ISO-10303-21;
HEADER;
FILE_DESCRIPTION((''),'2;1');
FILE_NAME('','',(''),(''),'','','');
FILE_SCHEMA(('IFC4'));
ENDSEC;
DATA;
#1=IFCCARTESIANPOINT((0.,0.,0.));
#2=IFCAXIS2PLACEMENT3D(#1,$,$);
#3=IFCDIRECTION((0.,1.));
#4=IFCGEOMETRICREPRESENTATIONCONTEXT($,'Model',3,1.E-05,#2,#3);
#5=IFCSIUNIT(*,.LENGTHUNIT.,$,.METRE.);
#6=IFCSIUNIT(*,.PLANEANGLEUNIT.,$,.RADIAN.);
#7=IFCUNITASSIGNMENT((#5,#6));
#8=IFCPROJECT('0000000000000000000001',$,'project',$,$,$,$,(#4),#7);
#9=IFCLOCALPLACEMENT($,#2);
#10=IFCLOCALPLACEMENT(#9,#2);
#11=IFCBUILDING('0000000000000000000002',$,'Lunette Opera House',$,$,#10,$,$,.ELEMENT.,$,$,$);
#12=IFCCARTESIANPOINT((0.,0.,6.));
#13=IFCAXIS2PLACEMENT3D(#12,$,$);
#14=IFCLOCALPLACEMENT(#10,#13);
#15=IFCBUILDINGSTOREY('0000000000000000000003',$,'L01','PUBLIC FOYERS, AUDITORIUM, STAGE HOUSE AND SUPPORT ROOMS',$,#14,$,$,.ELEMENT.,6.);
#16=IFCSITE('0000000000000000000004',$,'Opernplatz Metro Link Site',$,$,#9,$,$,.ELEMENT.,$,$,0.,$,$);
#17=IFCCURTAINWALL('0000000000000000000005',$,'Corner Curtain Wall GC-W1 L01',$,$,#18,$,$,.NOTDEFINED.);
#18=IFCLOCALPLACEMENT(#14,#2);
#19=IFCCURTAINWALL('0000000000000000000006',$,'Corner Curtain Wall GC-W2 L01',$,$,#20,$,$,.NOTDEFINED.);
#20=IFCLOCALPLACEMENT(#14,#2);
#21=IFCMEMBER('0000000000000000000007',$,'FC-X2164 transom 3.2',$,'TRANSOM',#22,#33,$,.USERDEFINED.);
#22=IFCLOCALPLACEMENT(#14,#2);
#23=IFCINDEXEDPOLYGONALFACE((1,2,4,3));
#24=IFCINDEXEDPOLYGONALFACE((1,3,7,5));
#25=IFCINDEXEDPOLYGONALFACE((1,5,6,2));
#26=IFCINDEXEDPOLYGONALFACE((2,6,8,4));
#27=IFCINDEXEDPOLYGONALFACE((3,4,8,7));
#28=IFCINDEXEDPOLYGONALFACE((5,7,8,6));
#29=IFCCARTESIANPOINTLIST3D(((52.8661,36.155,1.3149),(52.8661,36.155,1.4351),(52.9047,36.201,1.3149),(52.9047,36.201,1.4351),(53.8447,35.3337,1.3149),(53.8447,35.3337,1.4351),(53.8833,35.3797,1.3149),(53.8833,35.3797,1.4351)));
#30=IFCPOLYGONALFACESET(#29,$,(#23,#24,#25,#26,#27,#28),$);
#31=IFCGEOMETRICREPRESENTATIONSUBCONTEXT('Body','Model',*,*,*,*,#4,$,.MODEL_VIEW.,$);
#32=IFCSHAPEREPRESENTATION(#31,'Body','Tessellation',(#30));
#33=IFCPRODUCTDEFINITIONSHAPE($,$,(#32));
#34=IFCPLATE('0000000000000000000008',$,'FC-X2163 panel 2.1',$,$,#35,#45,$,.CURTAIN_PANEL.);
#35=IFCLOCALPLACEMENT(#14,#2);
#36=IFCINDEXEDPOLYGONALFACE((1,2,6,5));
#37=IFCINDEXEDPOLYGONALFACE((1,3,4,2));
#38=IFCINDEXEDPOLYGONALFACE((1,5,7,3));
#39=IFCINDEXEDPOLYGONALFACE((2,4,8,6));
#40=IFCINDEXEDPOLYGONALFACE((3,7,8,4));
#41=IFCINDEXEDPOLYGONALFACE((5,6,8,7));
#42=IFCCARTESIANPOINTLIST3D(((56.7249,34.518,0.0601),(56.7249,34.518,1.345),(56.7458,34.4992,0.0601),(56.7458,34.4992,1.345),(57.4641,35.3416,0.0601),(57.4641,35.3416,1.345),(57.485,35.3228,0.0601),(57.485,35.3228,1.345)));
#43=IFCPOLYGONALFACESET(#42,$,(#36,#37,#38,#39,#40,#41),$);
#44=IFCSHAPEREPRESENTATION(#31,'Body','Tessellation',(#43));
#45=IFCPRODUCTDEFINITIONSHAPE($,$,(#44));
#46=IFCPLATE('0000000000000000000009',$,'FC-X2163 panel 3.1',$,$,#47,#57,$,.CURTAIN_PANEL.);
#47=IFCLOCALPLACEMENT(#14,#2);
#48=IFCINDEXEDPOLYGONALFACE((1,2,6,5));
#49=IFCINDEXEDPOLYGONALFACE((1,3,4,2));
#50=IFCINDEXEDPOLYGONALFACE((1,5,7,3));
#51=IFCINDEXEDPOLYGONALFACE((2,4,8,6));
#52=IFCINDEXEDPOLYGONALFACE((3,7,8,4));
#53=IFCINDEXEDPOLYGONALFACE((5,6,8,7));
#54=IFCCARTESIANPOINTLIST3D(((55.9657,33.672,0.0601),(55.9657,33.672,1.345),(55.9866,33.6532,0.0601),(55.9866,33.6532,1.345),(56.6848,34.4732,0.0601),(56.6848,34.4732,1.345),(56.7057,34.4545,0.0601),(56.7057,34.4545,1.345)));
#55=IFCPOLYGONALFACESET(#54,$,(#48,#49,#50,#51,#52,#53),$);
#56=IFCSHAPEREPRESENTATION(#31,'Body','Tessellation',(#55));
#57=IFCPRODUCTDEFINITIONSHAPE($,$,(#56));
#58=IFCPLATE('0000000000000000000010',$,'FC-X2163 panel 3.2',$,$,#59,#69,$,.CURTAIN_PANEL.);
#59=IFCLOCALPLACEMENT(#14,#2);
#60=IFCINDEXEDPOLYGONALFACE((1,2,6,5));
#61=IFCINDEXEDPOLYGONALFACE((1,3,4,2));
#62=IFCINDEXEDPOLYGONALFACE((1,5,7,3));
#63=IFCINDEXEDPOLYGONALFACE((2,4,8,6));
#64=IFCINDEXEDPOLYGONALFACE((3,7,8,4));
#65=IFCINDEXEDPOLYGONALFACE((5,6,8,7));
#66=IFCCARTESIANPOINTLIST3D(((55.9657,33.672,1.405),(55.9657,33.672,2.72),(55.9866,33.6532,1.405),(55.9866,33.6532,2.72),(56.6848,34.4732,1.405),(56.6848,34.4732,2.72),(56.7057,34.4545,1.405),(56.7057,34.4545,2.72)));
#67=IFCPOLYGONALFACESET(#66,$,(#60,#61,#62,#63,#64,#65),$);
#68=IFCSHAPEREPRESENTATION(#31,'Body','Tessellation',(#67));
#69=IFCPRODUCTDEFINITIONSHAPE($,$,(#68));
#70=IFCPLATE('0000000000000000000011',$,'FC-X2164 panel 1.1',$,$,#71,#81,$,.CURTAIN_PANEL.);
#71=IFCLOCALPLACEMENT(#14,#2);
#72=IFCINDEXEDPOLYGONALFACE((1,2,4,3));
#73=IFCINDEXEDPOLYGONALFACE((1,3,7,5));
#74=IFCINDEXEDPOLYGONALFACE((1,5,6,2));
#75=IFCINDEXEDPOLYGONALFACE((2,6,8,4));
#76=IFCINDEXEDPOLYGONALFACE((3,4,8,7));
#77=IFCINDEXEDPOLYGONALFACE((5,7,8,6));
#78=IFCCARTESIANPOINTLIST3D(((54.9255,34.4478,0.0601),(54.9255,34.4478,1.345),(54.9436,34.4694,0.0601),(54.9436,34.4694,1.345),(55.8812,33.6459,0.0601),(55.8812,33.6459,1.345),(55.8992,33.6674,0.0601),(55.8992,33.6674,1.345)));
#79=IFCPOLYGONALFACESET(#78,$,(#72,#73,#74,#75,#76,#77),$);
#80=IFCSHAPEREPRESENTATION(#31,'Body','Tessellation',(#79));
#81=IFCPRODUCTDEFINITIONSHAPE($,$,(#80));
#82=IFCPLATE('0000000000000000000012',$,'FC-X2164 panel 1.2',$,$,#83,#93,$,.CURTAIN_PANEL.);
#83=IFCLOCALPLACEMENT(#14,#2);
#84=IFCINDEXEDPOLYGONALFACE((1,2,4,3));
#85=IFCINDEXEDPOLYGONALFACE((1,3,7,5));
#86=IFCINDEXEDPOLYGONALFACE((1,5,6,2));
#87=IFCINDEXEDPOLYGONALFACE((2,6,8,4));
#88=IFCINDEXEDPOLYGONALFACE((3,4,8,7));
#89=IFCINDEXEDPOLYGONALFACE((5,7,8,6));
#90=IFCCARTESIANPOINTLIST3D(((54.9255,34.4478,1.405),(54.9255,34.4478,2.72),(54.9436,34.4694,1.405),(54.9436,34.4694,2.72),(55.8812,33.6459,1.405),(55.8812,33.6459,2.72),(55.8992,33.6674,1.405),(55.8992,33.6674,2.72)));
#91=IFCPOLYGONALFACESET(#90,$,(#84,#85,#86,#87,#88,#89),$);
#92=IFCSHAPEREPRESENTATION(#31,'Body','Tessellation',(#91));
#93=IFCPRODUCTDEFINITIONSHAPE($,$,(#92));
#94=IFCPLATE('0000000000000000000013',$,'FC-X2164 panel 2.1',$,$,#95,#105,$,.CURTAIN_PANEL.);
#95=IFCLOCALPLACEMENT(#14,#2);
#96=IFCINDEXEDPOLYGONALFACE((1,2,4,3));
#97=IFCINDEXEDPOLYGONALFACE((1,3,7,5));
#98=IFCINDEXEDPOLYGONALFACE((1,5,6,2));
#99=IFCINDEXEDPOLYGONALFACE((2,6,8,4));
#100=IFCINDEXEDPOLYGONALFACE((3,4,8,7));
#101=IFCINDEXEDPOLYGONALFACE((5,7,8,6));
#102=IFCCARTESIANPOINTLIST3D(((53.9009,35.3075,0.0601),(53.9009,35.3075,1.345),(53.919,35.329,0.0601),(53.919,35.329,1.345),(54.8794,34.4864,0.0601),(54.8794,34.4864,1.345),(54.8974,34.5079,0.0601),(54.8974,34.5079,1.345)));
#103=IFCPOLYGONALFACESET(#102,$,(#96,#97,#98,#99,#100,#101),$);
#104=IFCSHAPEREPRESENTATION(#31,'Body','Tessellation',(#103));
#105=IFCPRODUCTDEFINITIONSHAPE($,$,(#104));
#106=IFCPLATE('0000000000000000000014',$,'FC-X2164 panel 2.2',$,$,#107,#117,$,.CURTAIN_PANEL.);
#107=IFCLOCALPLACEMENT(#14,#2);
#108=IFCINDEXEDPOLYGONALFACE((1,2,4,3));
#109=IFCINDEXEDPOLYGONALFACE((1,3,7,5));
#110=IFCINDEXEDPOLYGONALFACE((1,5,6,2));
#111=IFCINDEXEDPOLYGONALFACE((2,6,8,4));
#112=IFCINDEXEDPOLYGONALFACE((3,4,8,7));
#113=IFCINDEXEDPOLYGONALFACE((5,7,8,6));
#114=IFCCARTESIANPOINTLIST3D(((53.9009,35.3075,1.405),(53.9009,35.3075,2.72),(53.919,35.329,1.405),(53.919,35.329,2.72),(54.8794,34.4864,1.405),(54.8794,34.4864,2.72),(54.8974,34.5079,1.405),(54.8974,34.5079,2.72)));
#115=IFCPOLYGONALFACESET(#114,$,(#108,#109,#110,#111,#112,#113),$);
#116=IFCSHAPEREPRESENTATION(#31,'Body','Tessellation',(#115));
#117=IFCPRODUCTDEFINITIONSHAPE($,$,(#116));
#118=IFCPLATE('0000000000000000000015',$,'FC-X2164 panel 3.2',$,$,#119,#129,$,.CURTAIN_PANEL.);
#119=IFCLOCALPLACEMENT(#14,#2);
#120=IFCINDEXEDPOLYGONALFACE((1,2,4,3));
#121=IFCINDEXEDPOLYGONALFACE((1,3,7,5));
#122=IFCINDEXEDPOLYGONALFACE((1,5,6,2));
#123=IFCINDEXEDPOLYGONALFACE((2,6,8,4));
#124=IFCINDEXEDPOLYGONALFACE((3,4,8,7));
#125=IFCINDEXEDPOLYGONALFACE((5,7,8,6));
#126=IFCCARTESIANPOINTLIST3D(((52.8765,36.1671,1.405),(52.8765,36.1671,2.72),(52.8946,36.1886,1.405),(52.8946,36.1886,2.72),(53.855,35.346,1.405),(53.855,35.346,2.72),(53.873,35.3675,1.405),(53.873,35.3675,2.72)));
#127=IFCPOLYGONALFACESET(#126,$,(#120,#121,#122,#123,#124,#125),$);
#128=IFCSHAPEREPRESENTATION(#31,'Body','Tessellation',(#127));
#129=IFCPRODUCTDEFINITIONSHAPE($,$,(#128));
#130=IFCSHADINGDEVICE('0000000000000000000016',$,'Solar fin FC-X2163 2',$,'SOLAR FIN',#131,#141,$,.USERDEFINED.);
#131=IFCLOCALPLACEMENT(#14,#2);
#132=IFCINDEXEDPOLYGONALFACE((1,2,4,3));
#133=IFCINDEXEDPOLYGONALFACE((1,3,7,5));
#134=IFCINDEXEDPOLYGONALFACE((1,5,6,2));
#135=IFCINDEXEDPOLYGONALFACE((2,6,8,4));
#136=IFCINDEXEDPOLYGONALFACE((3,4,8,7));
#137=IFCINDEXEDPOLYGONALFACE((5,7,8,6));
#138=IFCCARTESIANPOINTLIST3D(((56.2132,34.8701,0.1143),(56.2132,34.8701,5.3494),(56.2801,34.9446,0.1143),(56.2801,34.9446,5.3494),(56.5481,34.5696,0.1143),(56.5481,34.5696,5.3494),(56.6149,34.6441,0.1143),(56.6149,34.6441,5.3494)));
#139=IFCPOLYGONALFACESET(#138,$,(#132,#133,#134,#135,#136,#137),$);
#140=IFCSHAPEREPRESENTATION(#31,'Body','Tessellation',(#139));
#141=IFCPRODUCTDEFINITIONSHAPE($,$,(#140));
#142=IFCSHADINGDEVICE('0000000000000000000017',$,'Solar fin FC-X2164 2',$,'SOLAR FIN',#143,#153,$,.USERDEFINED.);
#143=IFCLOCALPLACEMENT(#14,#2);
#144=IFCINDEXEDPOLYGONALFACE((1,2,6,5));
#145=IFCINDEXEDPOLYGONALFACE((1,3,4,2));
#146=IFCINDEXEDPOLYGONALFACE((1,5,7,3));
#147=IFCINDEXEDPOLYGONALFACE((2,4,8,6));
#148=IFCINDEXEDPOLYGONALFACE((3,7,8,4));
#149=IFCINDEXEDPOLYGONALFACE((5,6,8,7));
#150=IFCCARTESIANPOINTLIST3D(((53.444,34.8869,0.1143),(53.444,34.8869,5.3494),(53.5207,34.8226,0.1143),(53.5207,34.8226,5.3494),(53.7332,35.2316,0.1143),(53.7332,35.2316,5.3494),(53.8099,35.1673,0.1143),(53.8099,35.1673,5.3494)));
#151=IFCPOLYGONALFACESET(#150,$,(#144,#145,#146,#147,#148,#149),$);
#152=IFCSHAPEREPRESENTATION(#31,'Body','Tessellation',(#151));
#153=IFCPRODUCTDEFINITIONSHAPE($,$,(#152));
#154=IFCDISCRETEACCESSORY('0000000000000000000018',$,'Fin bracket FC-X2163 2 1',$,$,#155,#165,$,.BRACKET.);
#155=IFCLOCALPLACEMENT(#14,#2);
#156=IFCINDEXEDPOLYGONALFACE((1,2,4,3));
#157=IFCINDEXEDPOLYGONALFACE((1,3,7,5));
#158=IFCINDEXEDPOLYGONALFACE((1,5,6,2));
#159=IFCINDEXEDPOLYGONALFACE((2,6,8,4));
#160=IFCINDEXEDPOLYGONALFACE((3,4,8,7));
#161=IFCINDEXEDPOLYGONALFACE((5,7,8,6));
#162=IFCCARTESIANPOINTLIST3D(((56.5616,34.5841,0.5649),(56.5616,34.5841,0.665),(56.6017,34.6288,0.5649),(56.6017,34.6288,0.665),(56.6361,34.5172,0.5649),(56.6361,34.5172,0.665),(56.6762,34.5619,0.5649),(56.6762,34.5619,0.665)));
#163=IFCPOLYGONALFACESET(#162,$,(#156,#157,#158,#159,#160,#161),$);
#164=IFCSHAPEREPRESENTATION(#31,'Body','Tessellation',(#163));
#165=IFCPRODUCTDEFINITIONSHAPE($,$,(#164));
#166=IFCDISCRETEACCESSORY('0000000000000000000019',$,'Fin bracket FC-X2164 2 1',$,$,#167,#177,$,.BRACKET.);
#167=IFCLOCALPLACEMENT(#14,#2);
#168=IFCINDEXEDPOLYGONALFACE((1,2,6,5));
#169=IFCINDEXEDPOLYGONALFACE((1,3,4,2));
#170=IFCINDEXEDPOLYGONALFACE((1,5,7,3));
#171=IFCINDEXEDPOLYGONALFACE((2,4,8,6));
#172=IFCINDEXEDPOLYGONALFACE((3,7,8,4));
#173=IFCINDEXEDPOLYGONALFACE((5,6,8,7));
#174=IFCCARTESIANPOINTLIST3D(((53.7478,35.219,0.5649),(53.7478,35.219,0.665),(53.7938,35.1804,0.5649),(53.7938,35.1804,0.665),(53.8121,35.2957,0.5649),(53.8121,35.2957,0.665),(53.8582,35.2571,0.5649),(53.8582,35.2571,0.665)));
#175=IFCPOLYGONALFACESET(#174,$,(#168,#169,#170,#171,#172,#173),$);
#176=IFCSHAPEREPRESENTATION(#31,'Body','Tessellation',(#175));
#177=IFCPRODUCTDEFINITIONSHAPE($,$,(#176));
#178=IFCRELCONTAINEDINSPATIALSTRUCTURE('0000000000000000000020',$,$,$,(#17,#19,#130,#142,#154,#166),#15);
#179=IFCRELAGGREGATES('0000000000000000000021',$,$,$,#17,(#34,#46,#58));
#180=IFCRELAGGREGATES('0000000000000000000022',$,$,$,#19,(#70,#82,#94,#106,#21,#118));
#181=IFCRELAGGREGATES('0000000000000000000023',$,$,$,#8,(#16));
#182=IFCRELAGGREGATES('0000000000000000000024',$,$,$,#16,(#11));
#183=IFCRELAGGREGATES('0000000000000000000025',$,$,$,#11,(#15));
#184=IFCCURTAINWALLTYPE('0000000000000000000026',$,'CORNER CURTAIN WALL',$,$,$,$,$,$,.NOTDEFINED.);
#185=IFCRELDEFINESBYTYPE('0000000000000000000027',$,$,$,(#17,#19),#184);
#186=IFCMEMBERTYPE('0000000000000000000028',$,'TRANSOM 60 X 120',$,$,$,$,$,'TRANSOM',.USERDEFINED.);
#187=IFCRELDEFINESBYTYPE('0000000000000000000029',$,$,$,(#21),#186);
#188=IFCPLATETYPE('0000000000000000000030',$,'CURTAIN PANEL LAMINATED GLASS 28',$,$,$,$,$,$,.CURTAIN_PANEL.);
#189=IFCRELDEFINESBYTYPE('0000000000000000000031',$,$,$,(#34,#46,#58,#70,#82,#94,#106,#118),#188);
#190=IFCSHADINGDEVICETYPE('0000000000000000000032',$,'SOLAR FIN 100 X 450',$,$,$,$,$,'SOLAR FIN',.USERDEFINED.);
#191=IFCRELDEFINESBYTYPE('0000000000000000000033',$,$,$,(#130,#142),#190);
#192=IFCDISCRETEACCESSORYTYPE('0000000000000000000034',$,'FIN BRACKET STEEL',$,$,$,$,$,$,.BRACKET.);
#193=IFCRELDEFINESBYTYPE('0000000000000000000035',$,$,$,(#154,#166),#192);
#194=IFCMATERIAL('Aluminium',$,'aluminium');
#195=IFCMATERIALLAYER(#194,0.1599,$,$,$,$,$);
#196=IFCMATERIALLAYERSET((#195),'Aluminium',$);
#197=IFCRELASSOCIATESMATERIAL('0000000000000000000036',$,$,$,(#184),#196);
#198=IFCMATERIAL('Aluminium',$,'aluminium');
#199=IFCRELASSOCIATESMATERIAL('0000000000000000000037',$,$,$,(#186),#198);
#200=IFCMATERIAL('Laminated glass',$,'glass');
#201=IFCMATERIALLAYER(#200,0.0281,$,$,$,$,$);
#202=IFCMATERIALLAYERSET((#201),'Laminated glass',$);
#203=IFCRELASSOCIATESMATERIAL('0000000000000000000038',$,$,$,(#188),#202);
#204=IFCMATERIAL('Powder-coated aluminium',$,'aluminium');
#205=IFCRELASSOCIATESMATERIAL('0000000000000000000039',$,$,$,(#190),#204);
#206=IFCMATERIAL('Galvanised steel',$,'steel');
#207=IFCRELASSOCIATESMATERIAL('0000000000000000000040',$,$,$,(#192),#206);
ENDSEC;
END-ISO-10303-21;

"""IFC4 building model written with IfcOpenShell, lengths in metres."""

from ifc_helpers import new_model, si_unit, direction, frame, origin, origin_2d, place, context, subcontext, project, spatial, rectangle, extrude, material, layer, layer_set, material_profile, profile_set, type_object, element, aggregate, save


model = new_model("IFC4")

# Units and contexts
model_context = context("Model", 3, precision=1e-05, world=origin(), true_north=direction((0.0, 1.0)))
body_context = subcontext(model_context, "Body", "Model", "MODEL_VIEW")
ifc_project = project(units=[si_unit("LENGTHUNIT", "METRE"), si_unit("PLANEANGLEUNIT", "RADIAN")], contexts=[model_context])

# Site, building, storey
site_placement = place(None, origin())
site = spatial("IfcSite", under=ifc_project, at=site_placement, Name="Opernplatz Metro Link Site", CompositionType="ELEMENT", RefElevation=0.0)
building_placement = place(site_placement, origin())
building = spatial("IfcBuilding", under=site, at=building_placement, Name="Lunette Opera House", CompositionType="ELEMENT")
storey_placement = place(building_placement, frame((0.0, 0.0, 6.0)))
storey = spatial("IfcBuildingStorey", under=building, at=storey_placement, Name="L01", Description="PUBLIC FOYERS, AUDITORIUM, STAGE HOUSE AND SUPPORT ROOMS", CompositionType="ELEMENT", Elevation=6.0)

# Curtain walls
ifc_material_1 = material(Name="Aluminium", Category="aluminium")
ifc_layer_1 = layer(ifc_material_1, 0.1599)
ifc_layer_set_1 = layer_set([ifc_layer_1], Name="Aluminium")
curtain_wall_type = type_object("IfcCurtainWallType", Name="CORNER CURTAIN WALL", PredefinedType="NOTDEFINED", material=ifc_layer_set_1)
curtain_wall_1_placement = place(storey_placement, origin())
curtain_wall_1 = element("IfcCurtainWall", 1, at=curtain_wall_1_placement, inside=storey, type_object=curtain_wall_type, Name="Corner Curtain Wall GC-W1 L01", PredefinedType="NOTDEFINED")
curtain_wall_2_placement = place(storey_placement, origin())
curtain_wall_2 = element("IfcCurtainWall", 2, at=curtain_wall_2_placement, inside=storey, type_object=curtain_wall_type, Name="Corner Curtain Wall GC-W2 L01", PredefinedType="NOTDEFINED")

# Member
ifc_material_2 = material(Name="Aluminium", Category="aluminium")
ifc_material_profile_1 = material_profile(ifc_material_2, rectangle(XDim=0.0601, YDim=0.1201, at=origin_2d()), Name="TRANSOM 60 X 120")
ifc_profile_set_1 = profile_set([ifc_material_profile_1], Name="Aluminium")
member_type_1 = type_object("IfcMemberType", Name="TRANSOM 60 X 120", ElementType="TRANSOM", PredefinedType="USERDEFINED", material=ifc_profile_set_1)
member_1_placement = place(storey_placement, frame((53.864, 35.3567, 1.375), z_axis=(-0.765961, 0.642887, 0.0), x_axis=(-0.642887, -0.765961, 0.0)))
member_1 = element("IfcMember", 3, at=member_1_placement, type_object=member_type_1, Name="FC-X2164 transom 3.2", ObjectType="TRANSOM", PredefinedType="USERDEFINED", context=body_context, shape_type="SweptSolid", body=[
    extrude(rectangle(XDim=0.0601, YDim=0.1201, at=origin_2d()), origin(), (0.0, 0.0, 1.0), 1.2776),
])

# Plates
ifc_material_3 = material(Name="Laminated glass", Category="glass")
ifc_layer_2 = layer(ifc_material_3, 0.0281)
ifc_layer_set_2 = layer_set([ifc_layer_2], Name="Laminated glass")
plate_type = type_object("IfcPlateType", Name="CURTAIN PANEL LAMINATED GLASS 28", PredefinedType="CURTAIN_PANEL", material=ifc_layer_set_2)
plate_1_placement = place(storey_placement, frame((57.105, 34.9204, 0.0601), z_axis=(0.0, 0.0, 1.0), x_axis=(-0.667938, -0.744217, 0.0)))
plate_1 = element("IfcPlate", 4, at=plate_1_placement, type_object=plate_type, Name="FC-X2163 panel 2.1", PredefinedType="CURTAIN_PANEL", context=body_context, shape_type="SweptSolid", body=[
    extrude(rectangle(XDim=1.1067, YDim=0.0281, at=origin_2d()), origin(), (0.0, 0.0, 1.0), 1.2849),
])
plate_2_placement = place(storey_placement, frame((56.3357, 34.0632, 0.0601), z_axis=(0.0, 0.0, 1.0), x_axis=(-0.667938, -0.744217, 0.0)))
plate_2 = element("IfcPlate", 5, at=plate_2_placement, type_object=plate_type, Name="FC-X2163 panel 3.1", PredefinedType="CURTAIN_PANEL", context=body_context, shape_type="SweptSolid", body=[
    extrude(rectangle(XDim=1.0767, YDim=0.0281, at=origin_2d()), origin(), (0.0, 0.0, 1.0), 1.2849),
])
plate_3_placement = place(storey_placement, frame((56.3357, 34.0632, 1.405), z_axis=(0.0, 0.0, 1.0), x_axis=(-0.667938, -0.744217, 0.0)))
plate_3 = element("IfcPlate", 6, at=plate_3_placement, type_object=plate_type, Name="FC-X2163 panel 3.2", PredefinedType="CURTAIN_PANEL", context=body_context, shape_type="SweptSolid", body=[
    extrude(rectangle(XDim=1.0767, YDim=0.0281, at=origin_2d()), origin(), (0.0, 0.0, 1.0), 1.3149),
])
aggregate(curtain_wall_1, [plate_1, plate_2, plate_3])
plate_4_placement = place(storey_placement, frame((55.4124, 34.0576, 0.0601), z_axis=(0.0, 0.0, 1.0), x_axis=(-0.76601, 0.642828, 0.0)))
plate_4 = element("IfcPlate", 7, at=plate_4_placement, type_object=plate_type, Name="FC-X2164 panel 1.1", PredefinedType="CURTAIN_PANEL", context=body_context, shape_type="SweptSolid", body=[
    extrude(rectangle(XDim=1.2476, YDim=0.0281, at=origin_2d()), origin(), (0.0, 0.0, 1.0), 1.2849),
])
plate_5_placement = place(storey_placement, frame((55.4124, 34.0576, 1.405), z_axis=(0.0, 0.0, 1.0), x_axis=(-0.76601, 0.642828, 0.0)))
plate_5 = element("IfcPlate", 8, at=plate_5_placement, type_object=plate_type, Name="FC-X2164 panel 1.2", PredefinedType="CURTAIN_PANEL", context=body_context, shape_type="SweptSolid", body=[
    extrude(rectangle(XDim=1.2476, YDim=0.0281, at=origin_2d()), origin(), (0.0, 0.0, 1.0), 1.3149),
])
plate_6_placement = place(storey_placement, frame((54.3992, 34.9077, 0.0601), z_axis=(0.0, 0.0, 1.0), x_axis=(-0.76601, 0.642828, 0.0)))
plate_6 = element("IfcPlate", 9, at=plate_6_placement, type_object=plate_type, Name="FC-X2164 panel 2.1", PredefinedType="CURTAIN_PANEL", context=body_context, shape_type="SweptSolid", body=[
    extrude(rectangle(XDim=1.2773, YDim=0.0281, at=origin_2d()), origin(), (0.0, 0.0, 1.0), 1.2849),
])
plate_7_placement = place(storey_placement, frame((54.3992, 34.9077, 1.405), z_axis=(0.0, 0.0, 1.0), x_axis=(-0.76601, 0.642828, 0.0)))
plate_7 = element("IfcPlate", 10, at=plate_7_placement, type_object=plate_type, Name="FC-X2164 panel 2.2", PredefinedType="CURTAIN_PANEL", context=body_context, shape_type="SweptSolid", body=[
    extrude(rectangle(XDim=1.2773, YDim=0.0281, at=origin_2d()), origin(), (0.0, 0.0, 1.0), 1.3149),
])
plate_8_placement = place(storey_placement, frame((53.3748, 35.7673, 1.405), z_axis=(0.0, 0.0, 1.0), x_axis=(-0.76601, 0.642828, 0.0)))
plate_8 = element("IfcPlate", 11, at=plate_8_placement, type_object=plate_type, Name="FC-X2164 panel 3.2", PredefinedType="CURTAIN_PANEL", context=body_context, shape_type="SweptSolid", body=[
    extrude(rectangle(XDim=1.2773, YDim=0.0281, at=origin_2d()), origin(), (0.0, 0.0, 1.0), 1.3149),
])
aggregate(curtain_wall_2, [plate_4, plate_5, plate_6, plate_7, member_1, plate_8])

# Shading devices
ifc_material_4 = material(Name="Powder-coated aluminium", Category="aluminium")
shading_device_type = type_object("IfcShadingDeviceType", Name="SOLAR FIN 100 X 450", ElementType="SOLAR FIN", PredefinedType="USERDEFINED", material=ifc_material_4)
for number, where, z_axis, x_axis, name in (
    (12, (56.4141, 34.7571, 0.1143), (0.0, 0.0, 1.0), (-0.744217, 0.667938, 0.0), "Solar fin FC-X2163 2"),
    (13, (53.627, 35.0271, 0.1143), (0.0, 0.0, 1.0), (-0.642828, -0.766011, 0.0), "Solar fin FC-X2164 2"),
):
    element("IfcShadingDevice", number, at=place(storey_placement, frame(where, z_axis=z_axis, x_axis=x_axis)), inside=storey, type_object=shading_device_type, Name=name, ObjectType="SOLAR FIN", PredefinedType="USERDEFINED", context=body_context, shape_type="SweptSolid", body=[
        extrude(rectangle(XDim=0.45, YDim=0.1001, at=origin_2d()), origin(), (0.0, 0.0, 1.0), 5.2351),
    ])

# Discrete accessories
ifc_material_5 = material(Name="Galvanised steel", Category="steel")
discrete_accessory_type = type_object("IfcDiscreteAccessoryType", Name="FIN BRACKET STEEL", PredefinedType="BRACKET", material=ifc_material_5)
for number, where, z_axis, x_axis, name in (
    (14, (56.6189, 34.573, 0.5649), (0.0, 0.0, 1.0), (-0.744217, 0.667938, 0.0), "Fin bracket FC-X2163 2 1"),
    (15, (53.803, 35.238, 0.5649), (0.0, 0.0, 1.0), (-0.642828, -0.766011, 0.0), "Fin bracket FC-X2164 2 1"),
):
    element("IfcDiscreteAccessory", number, at=place(storey_placement, frame(where, z_axis=z_axis, x_axis=x_axis)), inside=storey, type_object=discrete_accessory_type, Name=name, PredefinedType="BRACKET", context=body_context, shape_type="SweptSolid", body=[
        extrude(rectangle(XDim=0.1001, YDim=0.0601, at=origin_2d()), origin(), (0.0, 0.0, 1.0), 0.1001),
    ])

save(model, "model.ifc")
